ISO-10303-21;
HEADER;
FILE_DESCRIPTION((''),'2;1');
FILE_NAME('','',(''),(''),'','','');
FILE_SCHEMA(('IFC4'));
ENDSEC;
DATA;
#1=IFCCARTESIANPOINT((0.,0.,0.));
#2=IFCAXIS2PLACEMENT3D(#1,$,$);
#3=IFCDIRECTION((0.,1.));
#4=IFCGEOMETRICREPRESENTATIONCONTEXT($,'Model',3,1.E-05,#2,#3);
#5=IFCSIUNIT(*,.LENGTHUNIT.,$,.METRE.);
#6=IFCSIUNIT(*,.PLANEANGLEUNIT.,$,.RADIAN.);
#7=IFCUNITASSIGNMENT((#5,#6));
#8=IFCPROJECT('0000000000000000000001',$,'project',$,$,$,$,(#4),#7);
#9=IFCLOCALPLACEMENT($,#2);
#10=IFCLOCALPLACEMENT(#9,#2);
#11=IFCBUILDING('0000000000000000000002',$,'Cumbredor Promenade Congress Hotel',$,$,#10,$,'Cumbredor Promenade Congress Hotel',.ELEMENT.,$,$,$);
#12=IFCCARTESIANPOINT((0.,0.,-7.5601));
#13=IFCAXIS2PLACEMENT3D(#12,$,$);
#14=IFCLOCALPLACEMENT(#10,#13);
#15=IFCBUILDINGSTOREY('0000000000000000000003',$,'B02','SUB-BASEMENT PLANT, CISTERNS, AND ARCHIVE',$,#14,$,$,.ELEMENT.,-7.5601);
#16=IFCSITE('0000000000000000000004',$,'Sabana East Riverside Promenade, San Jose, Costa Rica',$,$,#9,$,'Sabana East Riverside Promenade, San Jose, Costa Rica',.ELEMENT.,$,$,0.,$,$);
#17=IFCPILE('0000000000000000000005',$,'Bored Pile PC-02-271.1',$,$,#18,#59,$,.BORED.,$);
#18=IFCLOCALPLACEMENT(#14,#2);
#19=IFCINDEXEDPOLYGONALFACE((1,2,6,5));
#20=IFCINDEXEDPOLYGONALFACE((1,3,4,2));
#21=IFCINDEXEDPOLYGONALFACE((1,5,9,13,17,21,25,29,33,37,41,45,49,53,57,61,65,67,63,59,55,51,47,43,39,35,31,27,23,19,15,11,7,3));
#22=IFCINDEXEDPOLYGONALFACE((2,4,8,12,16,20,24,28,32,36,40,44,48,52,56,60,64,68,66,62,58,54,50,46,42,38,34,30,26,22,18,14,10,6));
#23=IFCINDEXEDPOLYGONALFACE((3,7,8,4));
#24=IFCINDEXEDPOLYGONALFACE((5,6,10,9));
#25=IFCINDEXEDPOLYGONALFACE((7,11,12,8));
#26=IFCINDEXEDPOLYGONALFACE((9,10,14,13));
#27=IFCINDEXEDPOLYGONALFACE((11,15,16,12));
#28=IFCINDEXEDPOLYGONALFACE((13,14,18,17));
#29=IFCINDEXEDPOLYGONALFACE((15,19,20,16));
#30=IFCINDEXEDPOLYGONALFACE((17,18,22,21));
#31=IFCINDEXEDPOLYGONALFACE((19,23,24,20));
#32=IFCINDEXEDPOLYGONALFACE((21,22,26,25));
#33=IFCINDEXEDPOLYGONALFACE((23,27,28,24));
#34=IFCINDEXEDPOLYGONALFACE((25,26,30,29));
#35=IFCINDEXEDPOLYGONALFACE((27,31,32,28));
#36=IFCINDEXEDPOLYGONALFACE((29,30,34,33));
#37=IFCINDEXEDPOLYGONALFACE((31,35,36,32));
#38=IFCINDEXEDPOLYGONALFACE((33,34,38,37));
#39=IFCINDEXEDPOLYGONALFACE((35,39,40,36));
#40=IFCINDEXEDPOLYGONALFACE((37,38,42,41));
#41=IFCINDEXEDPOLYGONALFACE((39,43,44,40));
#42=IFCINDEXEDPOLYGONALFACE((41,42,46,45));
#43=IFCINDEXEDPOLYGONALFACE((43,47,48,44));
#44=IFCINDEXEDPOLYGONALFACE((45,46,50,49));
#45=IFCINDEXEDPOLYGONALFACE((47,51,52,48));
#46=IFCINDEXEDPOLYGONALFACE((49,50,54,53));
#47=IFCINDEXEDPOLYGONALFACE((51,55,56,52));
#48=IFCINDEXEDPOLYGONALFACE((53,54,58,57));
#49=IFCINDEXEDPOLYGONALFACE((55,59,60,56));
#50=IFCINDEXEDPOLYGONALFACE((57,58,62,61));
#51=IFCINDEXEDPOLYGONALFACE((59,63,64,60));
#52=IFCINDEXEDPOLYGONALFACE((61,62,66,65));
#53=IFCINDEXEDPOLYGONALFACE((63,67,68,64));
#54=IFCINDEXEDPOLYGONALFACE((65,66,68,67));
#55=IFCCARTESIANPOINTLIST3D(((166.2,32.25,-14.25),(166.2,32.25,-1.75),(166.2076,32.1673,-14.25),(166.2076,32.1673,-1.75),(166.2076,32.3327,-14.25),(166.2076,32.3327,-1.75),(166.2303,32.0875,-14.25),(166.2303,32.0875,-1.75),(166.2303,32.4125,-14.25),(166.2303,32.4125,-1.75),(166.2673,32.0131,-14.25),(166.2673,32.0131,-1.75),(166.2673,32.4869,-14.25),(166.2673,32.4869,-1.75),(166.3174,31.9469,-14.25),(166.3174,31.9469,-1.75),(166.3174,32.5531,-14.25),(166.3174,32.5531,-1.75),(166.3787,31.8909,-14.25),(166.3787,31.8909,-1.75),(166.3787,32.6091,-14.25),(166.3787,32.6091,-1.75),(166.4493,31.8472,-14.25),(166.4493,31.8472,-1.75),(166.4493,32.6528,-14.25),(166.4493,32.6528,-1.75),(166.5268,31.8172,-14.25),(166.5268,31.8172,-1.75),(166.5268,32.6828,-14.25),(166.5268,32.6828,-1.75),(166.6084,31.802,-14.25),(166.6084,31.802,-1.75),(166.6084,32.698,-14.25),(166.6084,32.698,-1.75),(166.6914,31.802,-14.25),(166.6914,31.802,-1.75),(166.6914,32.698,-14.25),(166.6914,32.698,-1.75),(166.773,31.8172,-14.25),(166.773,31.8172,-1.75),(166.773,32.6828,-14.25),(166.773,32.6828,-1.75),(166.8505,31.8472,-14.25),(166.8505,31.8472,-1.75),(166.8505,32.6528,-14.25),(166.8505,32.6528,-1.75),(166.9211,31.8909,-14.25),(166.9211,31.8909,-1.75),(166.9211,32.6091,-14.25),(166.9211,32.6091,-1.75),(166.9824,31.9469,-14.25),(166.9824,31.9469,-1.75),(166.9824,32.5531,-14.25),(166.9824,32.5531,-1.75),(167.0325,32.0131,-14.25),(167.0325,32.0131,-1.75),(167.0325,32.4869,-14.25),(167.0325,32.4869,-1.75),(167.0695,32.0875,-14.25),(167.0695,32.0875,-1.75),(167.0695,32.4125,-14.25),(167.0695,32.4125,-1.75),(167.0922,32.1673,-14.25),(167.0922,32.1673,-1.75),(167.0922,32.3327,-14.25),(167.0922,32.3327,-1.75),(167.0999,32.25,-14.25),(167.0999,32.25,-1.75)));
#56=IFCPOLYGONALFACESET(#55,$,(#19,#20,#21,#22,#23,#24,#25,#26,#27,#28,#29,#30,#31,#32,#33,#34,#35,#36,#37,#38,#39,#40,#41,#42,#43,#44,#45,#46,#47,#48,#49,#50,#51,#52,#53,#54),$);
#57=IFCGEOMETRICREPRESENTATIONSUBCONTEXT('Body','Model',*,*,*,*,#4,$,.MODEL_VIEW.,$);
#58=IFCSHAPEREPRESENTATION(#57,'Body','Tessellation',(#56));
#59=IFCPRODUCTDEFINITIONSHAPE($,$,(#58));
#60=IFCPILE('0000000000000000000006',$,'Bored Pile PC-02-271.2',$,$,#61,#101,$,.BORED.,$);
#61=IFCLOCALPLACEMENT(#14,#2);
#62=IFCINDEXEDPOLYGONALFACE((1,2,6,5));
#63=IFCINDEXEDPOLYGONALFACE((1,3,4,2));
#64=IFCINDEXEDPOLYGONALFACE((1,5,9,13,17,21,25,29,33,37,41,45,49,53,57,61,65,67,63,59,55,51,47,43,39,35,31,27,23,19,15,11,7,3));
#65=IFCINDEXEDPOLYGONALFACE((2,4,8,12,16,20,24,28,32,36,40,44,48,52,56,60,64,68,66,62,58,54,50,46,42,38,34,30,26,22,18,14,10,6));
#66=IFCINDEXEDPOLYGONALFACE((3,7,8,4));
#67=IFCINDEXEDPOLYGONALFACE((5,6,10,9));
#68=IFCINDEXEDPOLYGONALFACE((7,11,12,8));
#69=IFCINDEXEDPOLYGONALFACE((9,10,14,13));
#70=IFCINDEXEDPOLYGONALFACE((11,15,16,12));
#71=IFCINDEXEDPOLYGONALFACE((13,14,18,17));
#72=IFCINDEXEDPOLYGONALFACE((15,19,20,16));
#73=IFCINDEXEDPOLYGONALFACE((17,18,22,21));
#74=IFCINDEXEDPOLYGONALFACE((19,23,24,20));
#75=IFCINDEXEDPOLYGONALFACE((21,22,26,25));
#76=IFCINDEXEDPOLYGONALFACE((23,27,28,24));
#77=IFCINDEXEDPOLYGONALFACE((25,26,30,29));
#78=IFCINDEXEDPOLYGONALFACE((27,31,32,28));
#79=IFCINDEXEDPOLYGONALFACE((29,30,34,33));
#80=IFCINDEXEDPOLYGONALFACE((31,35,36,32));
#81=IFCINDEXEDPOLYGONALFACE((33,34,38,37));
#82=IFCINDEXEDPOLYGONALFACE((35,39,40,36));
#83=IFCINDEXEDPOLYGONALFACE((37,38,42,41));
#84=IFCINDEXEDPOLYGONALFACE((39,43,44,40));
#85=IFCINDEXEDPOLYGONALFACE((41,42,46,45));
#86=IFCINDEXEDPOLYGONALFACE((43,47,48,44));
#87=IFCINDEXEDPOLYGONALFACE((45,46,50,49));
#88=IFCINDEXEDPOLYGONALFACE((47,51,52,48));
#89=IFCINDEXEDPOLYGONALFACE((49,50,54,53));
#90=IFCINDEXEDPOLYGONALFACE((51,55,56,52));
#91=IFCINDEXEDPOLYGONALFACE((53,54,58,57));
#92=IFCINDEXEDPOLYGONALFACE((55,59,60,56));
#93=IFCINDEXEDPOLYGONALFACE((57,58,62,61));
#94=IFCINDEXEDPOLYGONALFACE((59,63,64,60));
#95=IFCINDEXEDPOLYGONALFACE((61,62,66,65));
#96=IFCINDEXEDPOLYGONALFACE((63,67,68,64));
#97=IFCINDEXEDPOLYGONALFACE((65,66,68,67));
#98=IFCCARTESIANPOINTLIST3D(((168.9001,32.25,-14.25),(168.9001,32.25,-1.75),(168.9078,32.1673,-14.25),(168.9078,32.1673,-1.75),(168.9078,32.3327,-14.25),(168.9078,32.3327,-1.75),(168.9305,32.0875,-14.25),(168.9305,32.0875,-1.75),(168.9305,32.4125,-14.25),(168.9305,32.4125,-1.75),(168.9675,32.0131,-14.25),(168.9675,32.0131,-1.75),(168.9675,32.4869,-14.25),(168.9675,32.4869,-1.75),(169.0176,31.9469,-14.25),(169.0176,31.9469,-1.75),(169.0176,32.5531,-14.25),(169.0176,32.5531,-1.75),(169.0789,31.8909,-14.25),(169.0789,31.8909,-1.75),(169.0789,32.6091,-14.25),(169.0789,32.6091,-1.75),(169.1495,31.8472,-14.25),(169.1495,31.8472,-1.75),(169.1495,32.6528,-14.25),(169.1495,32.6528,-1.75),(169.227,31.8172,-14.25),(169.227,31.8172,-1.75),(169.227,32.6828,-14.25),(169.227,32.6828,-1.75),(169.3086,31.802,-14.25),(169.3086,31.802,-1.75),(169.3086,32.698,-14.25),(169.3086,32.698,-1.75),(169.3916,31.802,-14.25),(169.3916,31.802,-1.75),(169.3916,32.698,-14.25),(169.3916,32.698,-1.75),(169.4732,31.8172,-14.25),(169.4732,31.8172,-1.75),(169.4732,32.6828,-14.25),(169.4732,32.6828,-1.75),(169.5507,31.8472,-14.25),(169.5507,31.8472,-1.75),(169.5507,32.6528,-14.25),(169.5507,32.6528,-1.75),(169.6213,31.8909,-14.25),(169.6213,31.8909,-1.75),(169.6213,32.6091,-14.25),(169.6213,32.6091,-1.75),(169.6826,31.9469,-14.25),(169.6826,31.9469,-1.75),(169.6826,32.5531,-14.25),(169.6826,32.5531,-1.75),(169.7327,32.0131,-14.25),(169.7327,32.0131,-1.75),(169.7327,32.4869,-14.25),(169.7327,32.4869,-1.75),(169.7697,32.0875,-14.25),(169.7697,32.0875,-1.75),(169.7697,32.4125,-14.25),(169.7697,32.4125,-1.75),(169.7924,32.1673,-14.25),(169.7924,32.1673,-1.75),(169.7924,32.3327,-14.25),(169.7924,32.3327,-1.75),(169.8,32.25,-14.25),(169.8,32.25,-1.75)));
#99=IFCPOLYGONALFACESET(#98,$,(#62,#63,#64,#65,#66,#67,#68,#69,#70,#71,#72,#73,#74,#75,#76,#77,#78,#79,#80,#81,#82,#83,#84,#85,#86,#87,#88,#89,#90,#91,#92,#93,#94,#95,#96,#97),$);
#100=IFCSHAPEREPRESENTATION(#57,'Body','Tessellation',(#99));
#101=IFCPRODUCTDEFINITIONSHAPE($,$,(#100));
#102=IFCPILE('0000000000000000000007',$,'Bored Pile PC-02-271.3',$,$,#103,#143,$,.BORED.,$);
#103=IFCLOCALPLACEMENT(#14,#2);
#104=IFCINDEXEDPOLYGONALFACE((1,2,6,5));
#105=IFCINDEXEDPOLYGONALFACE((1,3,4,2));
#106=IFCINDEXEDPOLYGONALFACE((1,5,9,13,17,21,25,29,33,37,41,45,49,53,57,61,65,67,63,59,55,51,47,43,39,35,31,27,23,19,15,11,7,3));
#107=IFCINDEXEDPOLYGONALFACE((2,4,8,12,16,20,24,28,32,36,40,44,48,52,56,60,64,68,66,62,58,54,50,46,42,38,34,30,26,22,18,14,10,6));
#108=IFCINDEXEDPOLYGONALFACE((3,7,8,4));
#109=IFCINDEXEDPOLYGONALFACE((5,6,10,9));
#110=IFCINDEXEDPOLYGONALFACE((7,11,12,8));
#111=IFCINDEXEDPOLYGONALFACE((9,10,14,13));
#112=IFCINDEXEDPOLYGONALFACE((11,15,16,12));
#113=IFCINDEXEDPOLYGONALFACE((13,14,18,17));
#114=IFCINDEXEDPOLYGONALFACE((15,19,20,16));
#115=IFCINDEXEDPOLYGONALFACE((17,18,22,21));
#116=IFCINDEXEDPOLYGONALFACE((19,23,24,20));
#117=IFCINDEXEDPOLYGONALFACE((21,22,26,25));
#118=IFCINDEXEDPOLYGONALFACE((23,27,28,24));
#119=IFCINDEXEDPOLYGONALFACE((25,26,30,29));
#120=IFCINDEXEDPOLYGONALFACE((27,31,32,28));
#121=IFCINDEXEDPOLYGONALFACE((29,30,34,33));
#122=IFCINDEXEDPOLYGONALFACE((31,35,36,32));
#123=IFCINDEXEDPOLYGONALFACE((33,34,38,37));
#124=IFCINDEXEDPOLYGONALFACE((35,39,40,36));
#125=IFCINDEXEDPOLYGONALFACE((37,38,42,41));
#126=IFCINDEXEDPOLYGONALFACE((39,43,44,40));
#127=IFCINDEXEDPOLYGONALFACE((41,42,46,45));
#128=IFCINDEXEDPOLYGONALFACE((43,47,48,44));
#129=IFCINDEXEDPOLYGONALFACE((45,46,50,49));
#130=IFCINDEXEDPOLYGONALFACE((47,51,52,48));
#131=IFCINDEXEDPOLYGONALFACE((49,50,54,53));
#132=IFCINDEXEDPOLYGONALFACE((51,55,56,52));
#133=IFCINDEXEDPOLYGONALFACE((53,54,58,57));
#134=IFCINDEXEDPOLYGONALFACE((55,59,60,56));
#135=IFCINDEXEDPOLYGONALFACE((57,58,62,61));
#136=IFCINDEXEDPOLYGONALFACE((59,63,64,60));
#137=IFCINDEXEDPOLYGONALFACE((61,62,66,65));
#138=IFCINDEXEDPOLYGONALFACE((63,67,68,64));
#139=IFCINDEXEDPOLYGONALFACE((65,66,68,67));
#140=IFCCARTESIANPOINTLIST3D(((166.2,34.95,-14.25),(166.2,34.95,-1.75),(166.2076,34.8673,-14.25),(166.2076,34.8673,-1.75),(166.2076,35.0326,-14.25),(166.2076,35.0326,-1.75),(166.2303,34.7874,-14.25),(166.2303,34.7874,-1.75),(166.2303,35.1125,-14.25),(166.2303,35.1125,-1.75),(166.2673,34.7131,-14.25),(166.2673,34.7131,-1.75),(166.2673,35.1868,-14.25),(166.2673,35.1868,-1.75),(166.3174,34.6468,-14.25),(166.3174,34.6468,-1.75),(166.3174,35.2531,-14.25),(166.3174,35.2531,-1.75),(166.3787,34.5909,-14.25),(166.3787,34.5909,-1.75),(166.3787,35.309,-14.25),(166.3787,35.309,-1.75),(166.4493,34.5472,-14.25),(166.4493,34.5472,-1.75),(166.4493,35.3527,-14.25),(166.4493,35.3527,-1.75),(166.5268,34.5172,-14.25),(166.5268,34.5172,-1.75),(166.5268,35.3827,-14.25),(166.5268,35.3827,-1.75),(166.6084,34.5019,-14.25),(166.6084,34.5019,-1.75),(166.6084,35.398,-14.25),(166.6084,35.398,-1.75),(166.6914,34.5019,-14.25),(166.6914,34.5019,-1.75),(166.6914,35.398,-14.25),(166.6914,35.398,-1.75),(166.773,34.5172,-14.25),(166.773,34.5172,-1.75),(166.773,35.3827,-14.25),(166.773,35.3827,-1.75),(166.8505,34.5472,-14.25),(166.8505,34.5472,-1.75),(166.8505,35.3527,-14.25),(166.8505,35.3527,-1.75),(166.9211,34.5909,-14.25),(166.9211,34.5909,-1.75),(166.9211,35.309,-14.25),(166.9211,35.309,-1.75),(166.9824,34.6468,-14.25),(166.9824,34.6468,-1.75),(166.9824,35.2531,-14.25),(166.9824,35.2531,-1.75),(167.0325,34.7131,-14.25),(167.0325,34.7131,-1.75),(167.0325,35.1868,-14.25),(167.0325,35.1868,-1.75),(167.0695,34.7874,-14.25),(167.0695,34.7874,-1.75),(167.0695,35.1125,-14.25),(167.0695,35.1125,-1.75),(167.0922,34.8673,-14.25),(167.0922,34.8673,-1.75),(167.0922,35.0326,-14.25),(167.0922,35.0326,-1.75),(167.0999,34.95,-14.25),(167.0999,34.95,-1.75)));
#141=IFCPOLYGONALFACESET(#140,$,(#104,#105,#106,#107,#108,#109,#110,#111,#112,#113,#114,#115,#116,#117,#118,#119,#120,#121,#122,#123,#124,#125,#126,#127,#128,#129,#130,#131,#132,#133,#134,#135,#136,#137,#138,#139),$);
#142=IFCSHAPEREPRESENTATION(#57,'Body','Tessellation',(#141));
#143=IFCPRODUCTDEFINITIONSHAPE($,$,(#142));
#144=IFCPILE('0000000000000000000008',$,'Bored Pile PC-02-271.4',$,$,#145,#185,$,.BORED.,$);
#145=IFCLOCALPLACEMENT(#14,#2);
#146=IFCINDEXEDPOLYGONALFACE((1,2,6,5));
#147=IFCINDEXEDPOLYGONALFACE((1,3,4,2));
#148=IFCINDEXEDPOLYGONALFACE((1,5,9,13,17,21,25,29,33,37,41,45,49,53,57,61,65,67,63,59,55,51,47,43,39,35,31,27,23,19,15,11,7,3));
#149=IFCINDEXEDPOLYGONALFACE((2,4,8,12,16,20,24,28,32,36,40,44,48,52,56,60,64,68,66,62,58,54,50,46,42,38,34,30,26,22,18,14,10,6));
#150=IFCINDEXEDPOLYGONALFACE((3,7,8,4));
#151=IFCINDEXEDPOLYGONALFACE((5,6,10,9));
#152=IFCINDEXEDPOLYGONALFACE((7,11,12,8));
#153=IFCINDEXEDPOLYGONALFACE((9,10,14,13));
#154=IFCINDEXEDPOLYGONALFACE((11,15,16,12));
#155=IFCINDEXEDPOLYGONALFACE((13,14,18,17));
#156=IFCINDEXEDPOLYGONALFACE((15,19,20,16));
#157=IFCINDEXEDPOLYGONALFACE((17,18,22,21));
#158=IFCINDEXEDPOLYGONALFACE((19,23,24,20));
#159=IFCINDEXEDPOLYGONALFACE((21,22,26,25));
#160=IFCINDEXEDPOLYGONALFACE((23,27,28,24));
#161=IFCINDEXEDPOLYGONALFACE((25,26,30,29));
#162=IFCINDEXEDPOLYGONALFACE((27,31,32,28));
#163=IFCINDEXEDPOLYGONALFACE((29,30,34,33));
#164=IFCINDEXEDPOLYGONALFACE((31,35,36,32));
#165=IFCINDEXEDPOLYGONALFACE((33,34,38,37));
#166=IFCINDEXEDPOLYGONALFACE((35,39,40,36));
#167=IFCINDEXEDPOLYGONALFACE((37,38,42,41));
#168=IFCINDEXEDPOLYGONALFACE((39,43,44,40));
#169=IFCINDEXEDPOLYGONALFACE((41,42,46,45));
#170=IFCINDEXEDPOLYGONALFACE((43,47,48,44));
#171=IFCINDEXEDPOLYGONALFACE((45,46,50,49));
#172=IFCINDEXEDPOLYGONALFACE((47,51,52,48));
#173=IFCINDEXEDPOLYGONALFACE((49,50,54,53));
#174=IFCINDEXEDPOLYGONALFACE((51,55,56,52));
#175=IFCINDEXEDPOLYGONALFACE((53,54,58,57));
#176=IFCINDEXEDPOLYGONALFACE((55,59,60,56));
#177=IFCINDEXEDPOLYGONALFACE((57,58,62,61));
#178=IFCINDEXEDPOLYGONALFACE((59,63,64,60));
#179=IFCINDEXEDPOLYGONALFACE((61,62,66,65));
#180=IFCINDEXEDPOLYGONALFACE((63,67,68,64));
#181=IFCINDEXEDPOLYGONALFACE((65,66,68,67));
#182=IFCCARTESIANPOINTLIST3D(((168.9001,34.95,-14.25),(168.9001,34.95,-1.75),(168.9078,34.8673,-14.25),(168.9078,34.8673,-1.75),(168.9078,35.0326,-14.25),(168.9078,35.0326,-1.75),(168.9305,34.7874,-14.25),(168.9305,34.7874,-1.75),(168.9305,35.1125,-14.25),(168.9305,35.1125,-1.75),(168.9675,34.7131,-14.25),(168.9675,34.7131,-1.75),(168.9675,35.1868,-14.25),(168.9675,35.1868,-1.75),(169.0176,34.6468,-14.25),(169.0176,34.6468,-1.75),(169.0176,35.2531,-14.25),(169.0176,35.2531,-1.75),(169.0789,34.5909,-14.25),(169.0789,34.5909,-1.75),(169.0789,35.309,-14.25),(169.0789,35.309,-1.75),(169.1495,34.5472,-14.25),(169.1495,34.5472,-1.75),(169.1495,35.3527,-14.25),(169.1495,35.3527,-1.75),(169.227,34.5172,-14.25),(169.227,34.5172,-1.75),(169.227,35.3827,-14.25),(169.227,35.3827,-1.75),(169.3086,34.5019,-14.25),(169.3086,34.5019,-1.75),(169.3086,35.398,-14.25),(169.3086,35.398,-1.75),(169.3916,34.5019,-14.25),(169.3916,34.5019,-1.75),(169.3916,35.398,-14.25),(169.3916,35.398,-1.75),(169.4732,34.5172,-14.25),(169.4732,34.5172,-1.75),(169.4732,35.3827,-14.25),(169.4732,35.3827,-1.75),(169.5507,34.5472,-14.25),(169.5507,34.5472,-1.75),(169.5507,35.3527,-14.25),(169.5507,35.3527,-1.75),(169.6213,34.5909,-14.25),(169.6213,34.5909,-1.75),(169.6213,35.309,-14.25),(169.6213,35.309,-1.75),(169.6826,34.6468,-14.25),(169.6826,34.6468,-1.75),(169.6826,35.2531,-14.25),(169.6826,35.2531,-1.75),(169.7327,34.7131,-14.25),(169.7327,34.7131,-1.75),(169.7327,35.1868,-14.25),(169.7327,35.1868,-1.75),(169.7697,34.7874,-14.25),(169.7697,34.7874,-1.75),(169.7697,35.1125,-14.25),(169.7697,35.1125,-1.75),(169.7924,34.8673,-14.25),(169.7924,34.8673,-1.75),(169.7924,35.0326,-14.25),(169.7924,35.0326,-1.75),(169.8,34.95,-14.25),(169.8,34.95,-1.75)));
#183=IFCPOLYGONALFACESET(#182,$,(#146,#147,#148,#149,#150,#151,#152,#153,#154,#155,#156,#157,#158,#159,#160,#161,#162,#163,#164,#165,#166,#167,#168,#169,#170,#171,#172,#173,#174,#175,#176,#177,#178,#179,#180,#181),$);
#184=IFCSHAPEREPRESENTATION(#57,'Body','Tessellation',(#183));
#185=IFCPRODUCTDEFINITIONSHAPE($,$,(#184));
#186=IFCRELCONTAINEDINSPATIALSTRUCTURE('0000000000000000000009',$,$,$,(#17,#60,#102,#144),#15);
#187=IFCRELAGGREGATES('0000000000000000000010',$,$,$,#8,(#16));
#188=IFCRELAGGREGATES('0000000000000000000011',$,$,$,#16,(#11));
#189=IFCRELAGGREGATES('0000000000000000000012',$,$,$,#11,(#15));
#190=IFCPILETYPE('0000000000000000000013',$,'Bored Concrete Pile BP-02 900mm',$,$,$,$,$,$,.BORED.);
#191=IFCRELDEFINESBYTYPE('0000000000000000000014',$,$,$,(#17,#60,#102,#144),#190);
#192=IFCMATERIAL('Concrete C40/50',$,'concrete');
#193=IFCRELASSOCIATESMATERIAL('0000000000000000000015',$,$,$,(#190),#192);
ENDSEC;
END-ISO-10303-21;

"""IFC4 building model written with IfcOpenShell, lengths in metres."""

from ifc_helpers import new_model, si_unit, direction, frame, origin, origin_2d, place, context, subcontext, project, spatial, circle, extrude, material, material_profile, profile_set, type_object, element, save


model = new_model("IFC4")

# Units and contexts
model_context = context("Model", 3, precision=1e-05, world=origin(), true_north=direction((0.0, 1.0)))
body_context = subcontext(model_context, "Body", "Model", "MODEL_VIEW")
ifc_project = project(units=[si_unit("LENGTHUNIT", "METRE"), si_unit("PLANEANGLEUNIT", "RADIAN")], contexts=[model_context])

# Site, building, storey
site_placement = place(None, origin())
site = spatial("IfcSite", under=ifc_project, at=site_placement, Name="Sabana East Riverside Promenade, San Jose, Costa Rica", LongName="Sabana East Riverside Promenade, San Jose, Costa Rica", CompositionType="ELEMENT", RefElevation=0.0)
building_placement = place(site_placement, origin())
building = spatial("IfcBuilding", under=site, at=building_placement, Name="Cumbredor Promenade Congress Hotel", LongName="Cumbredor Promenade Congress Hotel", CompositionType="ELEMENT")
storey_placement = place(building_placement, frame((0.0, 0.0, -7.5601)))
storey = spatial("IfcBuildingStorey", under=building, at=storey_placement, Name="B02", Description="SUB-BASEMENT PLANT, CISTERNS, AND ARCHIVE", CompositionType="ELEMENT", Elevation=-7.5601)

# Piles
ifc_material_1 = material(Name="Concrete C40/50", Category="concrete")
ifc_material_profile_1 = material_profile(ifc_material_1, circle(Radius=0.45, at=origin_2d()), Name="PILE D900")
ifc_profile_set_1 = profile_set([ifc_material_profile_1], Name="Concrete C40/50")
pile_type = type_object("IfcPileType", Name="Bored Concrete Pile BP-02 900mm", PredefinedType="BORED", material=ifc_profile_set_1)
for number, where, z_axis, x_axis, name in (
    (1, (166.6499, 32.25, -1.75), (0.0, 0.0, -1.0), (1.0, 0.0, 0.0), "Bored Pile PC-02-271.1"),
    (2, (169.3501, 32.25, -1.75), (0.0, 0.0, -1.0), (1.0, 0.0, 0.0), "Bored Pile PC-02-271.2"),
    (3, (166.6499, 34.95, -1.75), (0.0, 0.0, -1.0), (1.0, 0.0, 0.0), "Bored Pile PC-02-271.3"),
    (4, (169.3501, 34.95, -1.75), (0.0, 0.0, -1.0), (1.0, 0.0, 0.0), "Bored Pile PC-02-271.4"),
):
    element("IfcPile", number, at=place(storey_placement, frame(where, z_axis=z_axis, x_axis=x_axis)), inside=storey, type_object=pile_type, Name=name, PredefinedType="BORED", context=body_context, shape_type="SweptSolid", body=[
        extrude(circle(Radius=0.45, at=origin_2d()), origin(), (0.0, 0.0, 1.0), 12.5),
    ])

save(model, "model.ifc")
